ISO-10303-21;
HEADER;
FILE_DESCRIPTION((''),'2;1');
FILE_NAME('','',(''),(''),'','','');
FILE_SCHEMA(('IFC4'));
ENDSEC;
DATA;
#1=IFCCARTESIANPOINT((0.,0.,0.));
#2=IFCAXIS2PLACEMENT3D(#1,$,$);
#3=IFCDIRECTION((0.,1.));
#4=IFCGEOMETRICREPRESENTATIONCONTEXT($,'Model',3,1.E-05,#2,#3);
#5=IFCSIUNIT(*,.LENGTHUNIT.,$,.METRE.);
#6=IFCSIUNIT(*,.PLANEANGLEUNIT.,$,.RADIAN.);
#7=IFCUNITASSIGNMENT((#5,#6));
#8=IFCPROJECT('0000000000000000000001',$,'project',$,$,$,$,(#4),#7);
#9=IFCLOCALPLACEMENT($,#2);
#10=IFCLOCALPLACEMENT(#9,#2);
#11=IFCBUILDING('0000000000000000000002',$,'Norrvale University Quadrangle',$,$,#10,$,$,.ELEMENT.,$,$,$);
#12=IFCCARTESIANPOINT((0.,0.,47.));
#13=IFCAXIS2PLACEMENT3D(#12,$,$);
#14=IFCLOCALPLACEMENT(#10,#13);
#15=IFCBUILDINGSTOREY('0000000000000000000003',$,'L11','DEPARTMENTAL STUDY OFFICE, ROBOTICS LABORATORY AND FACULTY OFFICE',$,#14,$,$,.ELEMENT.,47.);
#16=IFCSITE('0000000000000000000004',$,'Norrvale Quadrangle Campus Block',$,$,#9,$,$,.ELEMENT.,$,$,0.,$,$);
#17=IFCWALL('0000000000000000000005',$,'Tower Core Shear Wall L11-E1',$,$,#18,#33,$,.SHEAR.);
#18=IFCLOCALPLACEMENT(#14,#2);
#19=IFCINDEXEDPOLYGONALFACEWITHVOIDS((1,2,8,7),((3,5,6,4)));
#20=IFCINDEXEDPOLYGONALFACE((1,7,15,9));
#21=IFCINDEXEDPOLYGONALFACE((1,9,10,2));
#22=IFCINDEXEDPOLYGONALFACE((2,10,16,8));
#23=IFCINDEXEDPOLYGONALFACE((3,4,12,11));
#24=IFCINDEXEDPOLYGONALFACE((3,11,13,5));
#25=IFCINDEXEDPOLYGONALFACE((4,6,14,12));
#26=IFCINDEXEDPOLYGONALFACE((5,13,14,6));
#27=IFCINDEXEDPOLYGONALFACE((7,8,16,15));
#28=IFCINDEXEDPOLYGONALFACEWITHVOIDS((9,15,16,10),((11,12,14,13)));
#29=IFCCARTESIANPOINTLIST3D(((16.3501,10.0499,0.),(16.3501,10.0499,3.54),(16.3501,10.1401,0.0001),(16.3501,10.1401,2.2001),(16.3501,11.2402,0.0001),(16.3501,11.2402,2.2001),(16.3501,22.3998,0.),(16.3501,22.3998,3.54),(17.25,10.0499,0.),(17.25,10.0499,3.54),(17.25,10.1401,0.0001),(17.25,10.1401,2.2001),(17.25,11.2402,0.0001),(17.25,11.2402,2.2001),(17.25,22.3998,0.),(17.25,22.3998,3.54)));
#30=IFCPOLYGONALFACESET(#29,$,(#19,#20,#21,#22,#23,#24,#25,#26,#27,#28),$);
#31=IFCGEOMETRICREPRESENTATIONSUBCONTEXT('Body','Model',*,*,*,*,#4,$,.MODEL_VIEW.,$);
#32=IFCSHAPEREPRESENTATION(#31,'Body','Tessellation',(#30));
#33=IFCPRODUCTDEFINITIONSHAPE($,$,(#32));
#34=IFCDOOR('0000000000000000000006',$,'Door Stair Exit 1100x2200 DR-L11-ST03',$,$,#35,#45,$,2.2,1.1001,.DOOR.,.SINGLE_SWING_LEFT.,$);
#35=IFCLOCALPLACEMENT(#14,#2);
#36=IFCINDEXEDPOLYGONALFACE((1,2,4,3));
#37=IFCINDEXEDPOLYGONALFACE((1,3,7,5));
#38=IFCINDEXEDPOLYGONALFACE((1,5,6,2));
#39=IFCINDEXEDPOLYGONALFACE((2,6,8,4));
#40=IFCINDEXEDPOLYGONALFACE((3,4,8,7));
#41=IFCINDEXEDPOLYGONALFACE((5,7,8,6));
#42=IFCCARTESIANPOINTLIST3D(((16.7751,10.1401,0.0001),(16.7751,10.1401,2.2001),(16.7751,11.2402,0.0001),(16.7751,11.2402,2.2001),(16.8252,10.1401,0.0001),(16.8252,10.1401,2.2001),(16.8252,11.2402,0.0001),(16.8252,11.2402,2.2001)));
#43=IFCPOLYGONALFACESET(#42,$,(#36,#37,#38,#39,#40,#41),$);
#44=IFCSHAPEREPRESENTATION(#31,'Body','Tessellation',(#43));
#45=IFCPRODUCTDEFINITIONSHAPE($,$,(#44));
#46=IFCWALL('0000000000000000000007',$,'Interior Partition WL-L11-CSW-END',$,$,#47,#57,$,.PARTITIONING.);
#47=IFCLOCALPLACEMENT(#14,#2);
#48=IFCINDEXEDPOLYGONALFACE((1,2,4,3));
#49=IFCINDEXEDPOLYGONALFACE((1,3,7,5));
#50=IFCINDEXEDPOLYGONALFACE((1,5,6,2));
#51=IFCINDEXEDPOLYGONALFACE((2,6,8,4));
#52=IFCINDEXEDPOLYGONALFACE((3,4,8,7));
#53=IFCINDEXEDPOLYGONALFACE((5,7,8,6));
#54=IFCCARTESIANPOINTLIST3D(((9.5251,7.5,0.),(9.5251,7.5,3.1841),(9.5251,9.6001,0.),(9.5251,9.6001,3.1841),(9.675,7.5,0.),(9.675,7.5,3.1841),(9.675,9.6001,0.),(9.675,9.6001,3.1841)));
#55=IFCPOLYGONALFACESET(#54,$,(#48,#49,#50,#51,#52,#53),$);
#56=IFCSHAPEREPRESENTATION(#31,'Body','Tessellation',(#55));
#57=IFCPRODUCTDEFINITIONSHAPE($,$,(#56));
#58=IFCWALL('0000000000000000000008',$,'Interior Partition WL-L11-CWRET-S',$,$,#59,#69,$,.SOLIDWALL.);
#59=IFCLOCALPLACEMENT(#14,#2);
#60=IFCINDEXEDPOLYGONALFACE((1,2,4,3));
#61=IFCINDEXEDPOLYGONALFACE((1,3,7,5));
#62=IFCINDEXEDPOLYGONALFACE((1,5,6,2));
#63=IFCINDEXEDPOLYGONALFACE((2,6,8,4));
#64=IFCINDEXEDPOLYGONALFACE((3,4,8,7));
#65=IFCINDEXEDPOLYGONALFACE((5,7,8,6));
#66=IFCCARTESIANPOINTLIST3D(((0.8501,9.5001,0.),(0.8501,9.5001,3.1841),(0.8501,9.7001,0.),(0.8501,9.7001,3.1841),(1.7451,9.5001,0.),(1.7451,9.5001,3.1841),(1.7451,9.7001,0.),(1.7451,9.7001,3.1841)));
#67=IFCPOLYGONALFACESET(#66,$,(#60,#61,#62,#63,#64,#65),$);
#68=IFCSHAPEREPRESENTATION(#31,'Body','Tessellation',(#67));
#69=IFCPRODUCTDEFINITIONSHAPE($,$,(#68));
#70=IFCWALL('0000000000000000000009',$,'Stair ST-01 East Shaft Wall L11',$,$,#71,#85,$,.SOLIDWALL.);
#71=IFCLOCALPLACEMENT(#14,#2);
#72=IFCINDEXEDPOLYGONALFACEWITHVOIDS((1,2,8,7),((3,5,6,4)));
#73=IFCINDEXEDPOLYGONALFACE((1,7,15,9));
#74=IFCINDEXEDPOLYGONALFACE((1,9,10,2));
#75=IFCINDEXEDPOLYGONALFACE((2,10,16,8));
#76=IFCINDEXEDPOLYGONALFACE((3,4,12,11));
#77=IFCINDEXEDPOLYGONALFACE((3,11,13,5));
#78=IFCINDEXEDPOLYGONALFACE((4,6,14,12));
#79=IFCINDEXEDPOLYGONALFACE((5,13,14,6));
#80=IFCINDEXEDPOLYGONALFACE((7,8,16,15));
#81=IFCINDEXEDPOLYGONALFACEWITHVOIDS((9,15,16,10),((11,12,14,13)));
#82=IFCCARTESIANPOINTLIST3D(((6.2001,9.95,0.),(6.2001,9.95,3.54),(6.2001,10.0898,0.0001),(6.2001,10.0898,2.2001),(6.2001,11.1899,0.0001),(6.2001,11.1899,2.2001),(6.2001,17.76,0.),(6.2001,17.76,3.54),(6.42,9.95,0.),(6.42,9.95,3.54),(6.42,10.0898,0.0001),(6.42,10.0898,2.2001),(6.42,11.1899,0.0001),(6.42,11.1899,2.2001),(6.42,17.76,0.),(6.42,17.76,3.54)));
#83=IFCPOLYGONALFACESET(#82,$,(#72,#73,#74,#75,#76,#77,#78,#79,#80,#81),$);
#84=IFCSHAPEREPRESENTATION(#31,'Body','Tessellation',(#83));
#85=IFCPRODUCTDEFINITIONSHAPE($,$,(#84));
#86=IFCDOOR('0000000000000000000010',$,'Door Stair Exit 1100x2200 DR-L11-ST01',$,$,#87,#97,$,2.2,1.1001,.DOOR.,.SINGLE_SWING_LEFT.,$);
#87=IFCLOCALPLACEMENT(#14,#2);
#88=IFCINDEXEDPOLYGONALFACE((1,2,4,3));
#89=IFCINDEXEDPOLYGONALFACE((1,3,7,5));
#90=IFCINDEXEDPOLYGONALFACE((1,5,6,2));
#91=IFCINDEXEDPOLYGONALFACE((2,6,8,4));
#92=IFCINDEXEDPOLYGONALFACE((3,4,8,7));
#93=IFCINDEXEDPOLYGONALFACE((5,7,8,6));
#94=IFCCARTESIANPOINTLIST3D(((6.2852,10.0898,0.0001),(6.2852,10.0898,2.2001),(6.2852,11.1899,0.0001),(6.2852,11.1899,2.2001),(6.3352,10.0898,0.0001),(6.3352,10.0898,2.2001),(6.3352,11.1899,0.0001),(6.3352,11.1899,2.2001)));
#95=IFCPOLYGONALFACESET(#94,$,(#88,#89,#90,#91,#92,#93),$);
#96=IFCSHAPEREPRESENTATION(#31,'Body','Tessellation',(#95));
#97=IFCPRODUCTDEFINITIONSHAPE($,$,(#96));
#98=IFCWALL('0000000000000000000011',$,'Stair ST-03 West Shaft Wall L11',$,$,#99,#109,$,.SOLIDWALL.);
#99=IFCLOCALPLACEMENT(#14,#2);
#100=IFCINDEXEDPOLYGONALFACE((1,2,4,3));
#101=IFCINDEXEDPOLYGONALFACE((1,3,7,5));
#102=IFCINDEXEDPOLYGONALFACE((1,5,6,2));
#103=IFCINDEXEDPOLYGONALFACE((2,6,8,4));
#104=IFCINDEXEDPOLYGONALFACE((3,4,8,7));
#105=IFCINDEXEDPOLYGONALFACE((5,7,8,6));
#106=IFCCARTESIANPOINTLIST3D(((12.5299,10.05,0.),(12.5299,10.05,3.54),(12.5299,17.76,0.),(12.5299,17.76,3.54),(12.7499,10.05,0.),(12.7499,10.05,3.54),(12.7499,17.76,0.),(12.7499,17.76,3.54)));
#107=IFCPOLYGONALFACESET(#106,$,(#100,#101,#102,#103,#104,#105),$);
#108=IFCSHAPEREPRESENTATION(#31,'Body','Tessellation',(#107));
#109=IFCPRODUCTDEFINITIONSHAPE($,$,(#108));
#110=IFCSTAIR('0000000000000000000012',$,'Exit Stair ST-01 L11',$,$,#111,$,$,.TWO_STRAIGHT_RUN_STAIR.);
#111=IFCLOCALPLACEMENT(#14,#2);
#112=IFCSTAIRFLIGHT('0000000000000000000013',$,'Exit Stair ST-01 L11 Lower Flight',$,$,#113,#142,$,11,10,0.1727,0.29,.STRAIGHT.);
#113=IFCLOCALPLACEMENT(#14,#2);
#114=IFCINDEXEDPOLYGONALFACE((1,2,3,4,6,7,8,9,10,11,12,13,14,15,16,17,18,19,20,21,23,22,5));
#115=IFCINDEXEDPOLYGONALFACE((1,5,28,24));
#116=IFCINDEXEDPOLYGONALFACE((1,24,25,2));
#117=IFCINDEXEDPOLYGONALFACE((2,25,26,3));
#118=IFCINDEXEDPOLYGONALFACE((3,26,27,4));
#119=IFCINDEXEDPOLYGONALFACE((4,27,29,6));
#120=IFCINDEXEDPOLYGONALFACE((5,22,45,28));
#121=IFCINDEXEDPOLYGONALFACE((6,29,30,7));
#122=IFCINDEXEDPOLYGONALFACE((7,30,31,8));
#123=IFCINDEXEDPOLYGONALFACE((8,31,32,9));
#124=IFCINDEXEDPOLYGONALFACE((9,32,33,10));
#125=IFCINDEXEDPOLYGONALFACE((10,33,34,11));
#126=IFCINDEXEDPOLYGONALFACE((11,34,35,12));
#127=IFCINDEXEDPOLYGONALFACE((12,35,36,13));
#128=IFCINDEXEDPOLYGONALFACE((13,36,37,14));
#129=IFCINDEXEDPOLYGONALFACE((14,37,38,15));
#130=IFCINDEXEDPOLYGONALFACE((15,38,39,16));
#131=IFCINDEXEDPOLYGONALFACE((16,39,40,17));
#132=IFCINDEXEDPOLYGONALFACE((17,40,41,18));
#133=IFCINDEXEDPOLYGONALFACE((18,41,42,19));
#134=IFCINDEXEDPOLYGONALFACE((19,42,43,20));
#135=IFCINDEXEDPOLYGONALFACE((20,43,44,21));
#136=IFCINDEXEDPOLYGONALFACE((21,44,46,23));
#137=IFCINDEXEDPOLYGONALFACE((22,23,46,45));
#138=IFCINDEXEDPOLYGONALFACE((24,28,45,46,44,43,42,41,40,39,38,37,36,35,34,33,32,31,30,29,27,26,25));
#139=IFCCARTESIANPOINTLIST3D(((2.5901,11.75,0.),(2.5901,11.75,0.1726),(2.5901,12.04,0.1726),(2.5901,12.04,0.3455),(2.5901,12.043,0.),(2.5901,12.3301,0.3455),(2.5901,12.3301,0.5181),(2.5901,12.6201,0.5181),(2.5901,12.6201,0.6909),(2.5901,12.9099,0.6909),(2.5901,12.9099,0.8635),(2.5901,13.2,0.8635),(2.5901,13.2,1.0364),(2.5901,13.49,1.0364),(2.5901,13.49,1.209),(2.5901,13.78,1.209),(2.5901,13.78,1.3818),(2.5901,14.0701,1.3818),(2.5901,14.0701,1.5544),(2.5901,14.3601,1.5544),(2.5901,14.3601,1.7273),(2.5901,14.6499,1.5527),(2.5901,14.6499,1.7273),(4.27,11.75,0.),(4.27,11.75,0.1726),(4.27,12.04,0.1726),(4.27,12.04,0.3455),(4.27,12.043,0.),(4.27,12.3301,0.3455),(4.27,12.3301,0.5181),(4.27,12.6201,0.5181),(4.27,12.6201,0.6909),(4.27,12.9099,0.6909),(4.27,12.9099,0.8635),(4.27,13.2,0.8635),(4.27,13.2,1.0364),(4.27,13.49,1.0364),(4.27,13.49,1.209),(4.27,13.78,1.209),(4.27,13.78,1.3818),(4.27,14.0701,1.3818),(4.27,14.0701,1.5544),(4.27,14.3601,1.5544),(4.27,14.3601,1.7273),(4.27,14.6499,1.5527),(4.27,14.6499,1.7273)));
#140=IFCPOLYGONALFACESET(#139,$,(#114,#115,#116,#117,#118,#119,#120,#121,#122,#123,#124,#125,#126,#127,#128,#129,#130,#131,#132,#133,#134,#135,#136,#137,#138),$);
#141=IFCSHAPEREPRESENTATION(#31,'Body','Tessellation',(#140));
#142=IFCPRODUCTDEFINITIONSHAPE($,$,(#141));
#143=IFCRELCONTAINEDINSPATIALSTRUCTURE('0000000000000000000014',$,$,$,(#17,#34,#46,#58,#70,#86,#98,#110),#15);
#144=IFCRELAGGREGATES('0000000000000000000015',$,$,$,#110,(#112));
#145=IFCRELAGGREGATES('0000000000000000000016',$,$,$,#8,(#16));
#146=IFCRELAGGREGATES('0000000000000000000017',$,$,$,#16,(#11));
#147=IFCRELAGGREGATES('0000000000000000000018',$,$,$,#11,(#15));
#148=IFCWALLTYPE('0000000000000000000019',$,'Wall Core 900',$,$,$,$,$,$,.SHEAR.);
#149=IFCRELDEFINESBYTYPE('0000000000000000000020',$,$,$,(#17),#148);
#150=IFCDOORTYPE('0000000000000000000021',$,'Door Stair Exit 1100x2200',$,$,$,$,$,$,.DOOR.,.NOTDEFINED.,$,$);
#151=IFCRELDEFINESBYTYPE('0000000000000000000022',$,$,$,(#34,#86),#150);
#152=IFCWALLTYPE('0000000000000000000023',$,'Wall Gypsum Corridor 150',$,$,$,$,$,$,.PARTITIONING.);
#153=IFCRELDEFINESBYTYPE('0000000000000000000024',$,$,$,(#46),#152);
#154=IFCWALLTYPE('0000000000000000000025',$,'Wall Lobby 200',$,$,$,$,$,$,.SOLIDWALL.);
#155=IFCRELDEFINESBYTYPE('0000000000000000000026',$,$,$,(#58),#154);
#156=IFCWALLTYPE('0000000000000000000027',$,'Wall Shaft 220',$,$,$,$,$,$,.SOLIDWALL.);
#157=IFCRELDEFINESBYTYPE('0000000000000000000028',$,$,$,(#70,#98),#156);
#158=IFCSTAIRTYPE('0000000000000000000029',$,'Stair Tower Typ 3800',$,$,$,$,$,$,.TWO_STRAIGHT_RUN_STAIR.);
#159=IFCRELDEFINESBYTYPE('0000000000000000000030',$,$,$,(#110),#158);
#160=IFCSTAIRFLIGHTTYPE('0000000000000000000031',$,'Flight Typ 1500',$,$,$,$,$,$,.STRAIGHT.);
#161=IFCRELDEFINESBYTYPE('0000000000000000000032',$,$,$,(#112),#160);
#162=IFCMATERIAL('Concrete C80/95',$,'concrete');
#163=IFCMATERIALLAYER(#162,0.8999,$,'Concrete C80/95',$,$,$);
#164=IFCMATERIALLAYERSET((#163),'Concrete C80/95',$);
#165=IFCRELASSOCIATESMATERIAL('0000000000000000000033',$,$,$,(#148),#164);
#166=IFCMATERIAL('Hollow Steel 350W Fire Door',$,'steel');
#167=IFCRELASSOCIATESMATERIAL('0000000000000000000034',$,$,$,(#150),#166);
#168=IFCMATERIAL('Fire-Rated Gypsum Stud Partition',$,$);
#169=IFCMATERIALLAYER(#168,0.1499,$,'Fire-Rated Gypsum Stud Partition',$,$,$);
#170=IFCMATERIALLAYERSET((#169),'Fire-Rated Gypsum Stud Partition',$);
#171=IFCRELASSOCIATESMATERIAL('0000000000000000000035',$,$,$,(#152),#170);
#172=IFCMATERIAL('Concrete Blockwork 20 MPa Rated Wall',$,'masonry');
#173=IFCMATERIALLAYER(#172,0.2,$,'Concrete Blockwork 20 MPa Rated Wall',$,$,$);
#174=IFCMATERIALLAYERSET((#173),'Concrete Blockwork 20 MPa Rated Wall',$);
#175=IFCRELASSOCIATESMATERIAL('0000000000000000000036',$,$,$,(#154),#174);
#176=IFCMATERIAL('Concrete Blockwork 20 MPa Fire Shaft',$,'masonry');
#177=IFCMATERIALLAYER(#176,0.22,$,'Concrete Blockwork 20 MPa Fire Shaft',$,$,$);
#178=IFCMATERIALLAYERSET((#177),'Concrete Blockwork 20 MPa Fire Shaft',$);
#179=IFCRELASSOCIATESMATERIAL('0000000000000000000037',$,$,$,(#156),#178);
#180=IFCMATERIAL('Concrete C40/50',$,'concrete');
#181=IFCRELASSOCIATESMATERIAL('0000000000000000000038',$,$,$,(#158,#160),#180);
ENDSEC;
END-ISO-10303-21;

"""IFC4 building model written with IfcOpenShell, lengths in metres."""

from ifc_helpers import new_model, si_unit, direction, frame, frame_2d, origin, place, context, subcontext, project, spatial, polyline, rectangle, outline, extrude, material, layer, layer_set, type_object, element, fill, aggregate, save


model = new_model("IFC4")

# Units and contexts
model_context = context("Model", 3, precision=1e-05, world=origin(), true_north=direction((0.0, 1.0)))
body_context = subcontext(model_context, "Body", "Model", "MODEL_VIEW")
ifc_project = project(units=[si_unit("LENGTHUNIT", "METRE"), si_unit("PLANEANGLEUNIT", "RADIAN")], contexts=[model_context])

# Site, building, storey
site_placement = place(None, origin())
site = spatial("IfcSite", under=ifc_project, at=site_placement, Name="Norrvale Quadrangle Campus Block", CompositionType="ELEMENT", RefElevation=0.0)
building_placement = place(site_placement, origin())
building = spatial("IfcBuilding", under=site, at=building_placement, Name="Norrvale University Quadrangle", CompositionType="ELEMENT")
storey_placement = place(building_placement, frame((0.0, 0.0, 47.0)))
storey = spatial("IfcBuildingStorey", under=building, at=storey_placement, Name="L11", Description="DEPARTMENTAL STUDY OFFICE, ROBOTICS LABORATORY AND FACULTY OFFICE", CompositionType="ELEMENT", Elevation=47.0)

# Shared definitions
ifc_material_1 = material(Name="Concrete C80/95", Category="concrete")

# Shared definitions
ifc_layer_1 = layer(ifc_material_1, 0.8999, Name="Concrete C80/95")
ifc_layer_set_1 = layer_set([ifc_layer_1], Name="Concrete C80/95")
wall_type_1 = type_object("IfcWallType", Name="Wall Core 900", PredefinedType="SHEAR", material=ifc_layer_set_1)

# Wall, opening, door
wall_1_placement = place(storey_placement, frame((16.8, 10.05, 0.0), z_axis=(0.0, 0.0, 1.0), x_axis=(0.0, 1.0, 0.0)))
wall_1 = element("IfcWall", 1, at=wall_1_placement, inside=storey, type_object=wall_type_1, Name="Tower Core Shear Wall L11-E1", PredefinedType="SHEAR", context=body_context, shape_type="SweptSolid", body=[
    extrude(rectangle(XDim=12.3499, YDim=0.8999, at=frame_2d((6.1748, 0.0))), origin(), (0.0, 0.0, 1.0), 3.54),
])
opening_1_placement = place(wall_1_placement, frame((0.0901, 0.0, 0.0)))
opening_1 = element("IfcOpeningElement", 2, at=opening_1_placement, cuts=wall_1, PredefinedType="OPENING", context=body_context, shape_type="SweptSolid", body=[
    extrude(rectangle(XDim=1.1001, YDim=2.2, at=frame_2d((0.55, 1.1001))), frame((0.0, 0.4619, 0.0), z_axis=(0.0, -1.0, 0.0), x_axis=(1.0, 0.0, 0.0)), (0.0, 0.0, 1.0), 0.9238),
])
ifc_material_2 = material(Name="Hollow Steel 350W Fire Door", Category="steel")
door_type = type_object("IfcDoorType", Name="Door Stair Exit 1100x2200", OperationType="NOTDEFINED", PredefinedType="DOOR", material=ifc_material_2)
door_1_placement = place(opening_1_placement, origin())
door_1 = element("IfcDoor", 3, at=door_1_placement, inside=storey, type_object=door_type, Name="Door Stair Exit 1100x2200 DR-L11-ST03", OperationType="SINGLE_SWING_LEFT", OverallHeight=2.2, OverallWidth=1.1001, PredefinedType="DOOR", context=body_context, shape_type="SweptSolid", body=[
    extrude(rectangle(XDim=1.1001, YDim=2.2, at=frame_2d((0.55, 1.1001))), frame((0.0, 0.0249, 0.0), z_axis=(0.0, -1.0, 0.0), x_axis=(1.0, 0.0, 0.0)), (0.0, 0.0, 1.0), 0.05),
])
fill(opening_1, door_1)

# Walls
ifc_material_3 = material(Name="Fire-Rated Gypsum Stud Partition")
ifc_layer_2 = layer(ifc_material_3, 0.1499, Name="Fire-Rated Gypsum Stud Partition")
ifc_layer_set_2 = layer_set([ifc_layer_2], Name="Fire-Rated Gypsum Stud Partition")
wall_type_2 = type_object("IfcWallType", Name="Wall Gypsum Corridor 150", PredefinedType="PARTITIONING", material=ifc_layer_set_2)
wall_2_placement = place(storey_placement, frame((9.6001, 7.5, 0.0), z_axis=(0.0, 0.0, 1.0), x_axis=(0.0, 1.0, 0.0)))
element("IfcWall", 4, at=wall_2_placement, inside=storey, type_object=wall_type_2, Name="Interior Partition WL-L11-CSW-END", PredefinedType="PARTITIONING", context=body_context, shape_type="SweptSolid", body=[
    extrude(rectangle(XDim=2.1001, YDim=0.1499, at=frame_2d((1.05, 0.0))), origin(), (0.0, 0.0, 1.0), 3.1841),
])
ifc_material_4 = material(Name="Concrete Blockwork 20 MPa Rated Wall", Category="masonry")
ifc_layer_3 = layer(ifc_material_4, 0.2, Name="Concrete Blockwork 20 MPa Rated Wall")
ifc_layer_set_3 = layer_set([ifc_layer_3], Name="Concrete Blockwork 20 MPa Rated Wall")
wall_type_3 = type_object("IfcWallType", Name="Wall Lobby 200", PredefinedType="SOLIDWALL", material=ifc_layer_set_3)
wall_3_placement = place(storey_placement, frame((0.8501, 9.6001, 0.0), z_axis=(0.0, 0.0, 1.0), x_axis=(1.0, 0.0, 0.0)))
element("IfcWall", 5, at=wall_3_placement, inside=storey, type_object=wall_type_3, Name="Interior Partition WL-L11-CWRET-S", PredefinedType="SOLIDWALL", context=body_context, shape_type="SweptSolid", body=[
    extrude(rectangle(XDim=0.895, YDim=0.2, at=frame_2d((0.4475, 0.0))), origin(), (0.0, 0.0, 1.0), 3.1841),
])

# Wall, opening, door
ifc_material_5 = material(Name="Concrete Blockwork 20 MPa Fire Shaft", Category="masonry")
ifc_layer_4 = layer(ifc_material_5, 0.22, Name="Concrete Blockwork 20 MPa Fire Shaft")
ifc_layer_set_4 = layer_set([ifc_layer_4], Name="Concrete Blockwork 20 MPa Fire Shaft")
wall_type_4 = type_object("IfcWallType", Name="Wall Shaft 220", PredefinedType="SOLIDWALL", material=ifc_layer_set_4)
wall_4_placement = place(storey_placement, frame((6.3101, 9.95, 0.0), z_axis=(0.0, 0.0, 1.0), x_axis=(0.0, 1.0, 0.0)))
wall_4 = element("IfcWall", 6, at=wall_4_placement, inside=storey, type_object=wall_type_4, Name="Stair ST-01 East Shaft Wall L11", PredefinedType="SOLIDWALL", context=body_context, shape_type="SweptSolid", body=[
    extrude(rectangle(XDim=7.8101, YDim=0.22, at=frame_2d((3.905, 0.0))), origin(), (0.0, 0.0, 1.0), 3.54),
])
opening_2_placement = place(wall_4_placement, frame((0.1399, 0.0, 0.0)))
opening_2 = element("IfcOpeningElement", 7, at=opening_2_placement, cuts=wall_4, PredefinedType="OPENING", context=body_context, shape_type="SweptSolid", body=[
    extrude(rectangle(XDim=1.1001, YDim=2.2, at=frame_2d((0.55, 1.1001))), frame((0.0, 0.1221, 0.0), z_axis=(0.0, -1.0, 0.0), x_axis=(1.0, 0.0, 0.0)), (0.0, 0.0, 1.0), 0.2439),
])
door_2_placement = place(opening_2_placement, origin())
door_2 = element("IfcDoor", 8, at=door_2_placement, inside=storey, type_object=door_type, Name="Door Stair Exit 1100x2200 DR-L11-ST01", OperationType="SINGLE_SWING_LEFT", OverallHeight=2.2, OverallWidth=1.1001, PredefinedType="DOOR", context=body_context, shape_type="SweptSolid", body=[
    extrude(rectangle(XDim=1.1001, YDim=2.2, at=frame_2d((0.55, 1.1001))), frame((0.0, 0.0249, 0.0), z_axis=(0.0, -1.0, 0.0), x_axis=(1.0, 0.0, 0.0)), (0.0, 0.0, 1.0), 0.05),
])
fill(opening_2, door_2)

# Wall
wall_5_placement = place(storey_placement, frame((12.6399, 10.05, 0.0), z_axis=(0.0, 0.0, 1.0), x_axis=(0.0, 1.0, 0.0)))
element("IfcWall", 9, at=wall_5_placement, inside=storey, type_object=wall_type_4, Name="Stair ST-03 West Shaft Wall L11", PredefinedType="SOLIDWALL", context=body_context, shape_type="SweptSolid", body=[
    extrude(rectangle(XDim=7.71, YDim=0.22, at=frame_2d((3.855, 0.0))), origin(), (0.0, 0.0, 1.0), 3.54),
])

# Stair, stair flight
ifc_material_6 = material(Name="Concrete C40/50", Category="concrete")
stair_type = type_object("IfcStairType", Name="Stair Tower Typ 3800", PredefinedType="TWO_STRAIGHT_RUN_STAIR", material=ifc_material_6)
stair_placement = place(storey_placement, origin())
stair = element("IfcStair", 10, at=stair_placement, inside=storey, type_object=stair_type, Name="Exit Stair ST-01 L11", PredefinedType="TWO_STRAIGHT_RUN_STAIR")
stair_flight_type = type_object("IfcStairFlightType", Name="Flight Typ 1500", PredefinedType="STRAIGHT", material=ifc_material_6)
stair_flight_placement = place(storey_placement, frame((3.4299, 11.75, 0.0), z_axis=(0.0, 0.0, 1.0), x_axis=(0.0, 1.0, 0.0)))
stair_flight = element("IfcStairFlight", 11, at=stair_flight_placement, type_object=stair_flight_type, Name="Exit Stair ST-01 L11 Lower Flight", NumberOfRisers=11, NumberOfTreads=10, PredefinedType="STRAIGHT", RiserHeight=0.1727, TreadLength=0.29, context=body_context, shape_type="SweptSolid", body=[
    extrude(outline(polyline([(0.0, 0.0), (0.0, 0.1726), (0.29, 0.1726), (0.29, 0.3455), (0.5801, 0.3455), (0.5801, 0.5181), (0.8701, 0.5181), (0.8701, 0.6909), (1.1599, 0.6909), (1.1599, 0.8635), (1.45, 0.8635), (1.45, 1.0364), (1.74, 1.0364), (1.74, 1.209), (2.03, 1.209), (2.03, 1.3818), (2.3201, 1.3818), (2.3201, 1.5544), (2.6101, 1.5544), (2.6101, 1.7273), (2.8999, 1.7273), (2.8999, 1.8999), (2.8999, 1.5527), (0.293, 0.0), (0.0, 0.0)])), frame((0.0, 0.8398, 0.0), z_axis=(0.0, -1.0, 0.0), x_axis=(1.0, 0.0, 0.0)), (0.0, 0.0, 1.0), 1.6799),
])
aggregate(stair, [stair_flight])

save(model, "model.ifc")
